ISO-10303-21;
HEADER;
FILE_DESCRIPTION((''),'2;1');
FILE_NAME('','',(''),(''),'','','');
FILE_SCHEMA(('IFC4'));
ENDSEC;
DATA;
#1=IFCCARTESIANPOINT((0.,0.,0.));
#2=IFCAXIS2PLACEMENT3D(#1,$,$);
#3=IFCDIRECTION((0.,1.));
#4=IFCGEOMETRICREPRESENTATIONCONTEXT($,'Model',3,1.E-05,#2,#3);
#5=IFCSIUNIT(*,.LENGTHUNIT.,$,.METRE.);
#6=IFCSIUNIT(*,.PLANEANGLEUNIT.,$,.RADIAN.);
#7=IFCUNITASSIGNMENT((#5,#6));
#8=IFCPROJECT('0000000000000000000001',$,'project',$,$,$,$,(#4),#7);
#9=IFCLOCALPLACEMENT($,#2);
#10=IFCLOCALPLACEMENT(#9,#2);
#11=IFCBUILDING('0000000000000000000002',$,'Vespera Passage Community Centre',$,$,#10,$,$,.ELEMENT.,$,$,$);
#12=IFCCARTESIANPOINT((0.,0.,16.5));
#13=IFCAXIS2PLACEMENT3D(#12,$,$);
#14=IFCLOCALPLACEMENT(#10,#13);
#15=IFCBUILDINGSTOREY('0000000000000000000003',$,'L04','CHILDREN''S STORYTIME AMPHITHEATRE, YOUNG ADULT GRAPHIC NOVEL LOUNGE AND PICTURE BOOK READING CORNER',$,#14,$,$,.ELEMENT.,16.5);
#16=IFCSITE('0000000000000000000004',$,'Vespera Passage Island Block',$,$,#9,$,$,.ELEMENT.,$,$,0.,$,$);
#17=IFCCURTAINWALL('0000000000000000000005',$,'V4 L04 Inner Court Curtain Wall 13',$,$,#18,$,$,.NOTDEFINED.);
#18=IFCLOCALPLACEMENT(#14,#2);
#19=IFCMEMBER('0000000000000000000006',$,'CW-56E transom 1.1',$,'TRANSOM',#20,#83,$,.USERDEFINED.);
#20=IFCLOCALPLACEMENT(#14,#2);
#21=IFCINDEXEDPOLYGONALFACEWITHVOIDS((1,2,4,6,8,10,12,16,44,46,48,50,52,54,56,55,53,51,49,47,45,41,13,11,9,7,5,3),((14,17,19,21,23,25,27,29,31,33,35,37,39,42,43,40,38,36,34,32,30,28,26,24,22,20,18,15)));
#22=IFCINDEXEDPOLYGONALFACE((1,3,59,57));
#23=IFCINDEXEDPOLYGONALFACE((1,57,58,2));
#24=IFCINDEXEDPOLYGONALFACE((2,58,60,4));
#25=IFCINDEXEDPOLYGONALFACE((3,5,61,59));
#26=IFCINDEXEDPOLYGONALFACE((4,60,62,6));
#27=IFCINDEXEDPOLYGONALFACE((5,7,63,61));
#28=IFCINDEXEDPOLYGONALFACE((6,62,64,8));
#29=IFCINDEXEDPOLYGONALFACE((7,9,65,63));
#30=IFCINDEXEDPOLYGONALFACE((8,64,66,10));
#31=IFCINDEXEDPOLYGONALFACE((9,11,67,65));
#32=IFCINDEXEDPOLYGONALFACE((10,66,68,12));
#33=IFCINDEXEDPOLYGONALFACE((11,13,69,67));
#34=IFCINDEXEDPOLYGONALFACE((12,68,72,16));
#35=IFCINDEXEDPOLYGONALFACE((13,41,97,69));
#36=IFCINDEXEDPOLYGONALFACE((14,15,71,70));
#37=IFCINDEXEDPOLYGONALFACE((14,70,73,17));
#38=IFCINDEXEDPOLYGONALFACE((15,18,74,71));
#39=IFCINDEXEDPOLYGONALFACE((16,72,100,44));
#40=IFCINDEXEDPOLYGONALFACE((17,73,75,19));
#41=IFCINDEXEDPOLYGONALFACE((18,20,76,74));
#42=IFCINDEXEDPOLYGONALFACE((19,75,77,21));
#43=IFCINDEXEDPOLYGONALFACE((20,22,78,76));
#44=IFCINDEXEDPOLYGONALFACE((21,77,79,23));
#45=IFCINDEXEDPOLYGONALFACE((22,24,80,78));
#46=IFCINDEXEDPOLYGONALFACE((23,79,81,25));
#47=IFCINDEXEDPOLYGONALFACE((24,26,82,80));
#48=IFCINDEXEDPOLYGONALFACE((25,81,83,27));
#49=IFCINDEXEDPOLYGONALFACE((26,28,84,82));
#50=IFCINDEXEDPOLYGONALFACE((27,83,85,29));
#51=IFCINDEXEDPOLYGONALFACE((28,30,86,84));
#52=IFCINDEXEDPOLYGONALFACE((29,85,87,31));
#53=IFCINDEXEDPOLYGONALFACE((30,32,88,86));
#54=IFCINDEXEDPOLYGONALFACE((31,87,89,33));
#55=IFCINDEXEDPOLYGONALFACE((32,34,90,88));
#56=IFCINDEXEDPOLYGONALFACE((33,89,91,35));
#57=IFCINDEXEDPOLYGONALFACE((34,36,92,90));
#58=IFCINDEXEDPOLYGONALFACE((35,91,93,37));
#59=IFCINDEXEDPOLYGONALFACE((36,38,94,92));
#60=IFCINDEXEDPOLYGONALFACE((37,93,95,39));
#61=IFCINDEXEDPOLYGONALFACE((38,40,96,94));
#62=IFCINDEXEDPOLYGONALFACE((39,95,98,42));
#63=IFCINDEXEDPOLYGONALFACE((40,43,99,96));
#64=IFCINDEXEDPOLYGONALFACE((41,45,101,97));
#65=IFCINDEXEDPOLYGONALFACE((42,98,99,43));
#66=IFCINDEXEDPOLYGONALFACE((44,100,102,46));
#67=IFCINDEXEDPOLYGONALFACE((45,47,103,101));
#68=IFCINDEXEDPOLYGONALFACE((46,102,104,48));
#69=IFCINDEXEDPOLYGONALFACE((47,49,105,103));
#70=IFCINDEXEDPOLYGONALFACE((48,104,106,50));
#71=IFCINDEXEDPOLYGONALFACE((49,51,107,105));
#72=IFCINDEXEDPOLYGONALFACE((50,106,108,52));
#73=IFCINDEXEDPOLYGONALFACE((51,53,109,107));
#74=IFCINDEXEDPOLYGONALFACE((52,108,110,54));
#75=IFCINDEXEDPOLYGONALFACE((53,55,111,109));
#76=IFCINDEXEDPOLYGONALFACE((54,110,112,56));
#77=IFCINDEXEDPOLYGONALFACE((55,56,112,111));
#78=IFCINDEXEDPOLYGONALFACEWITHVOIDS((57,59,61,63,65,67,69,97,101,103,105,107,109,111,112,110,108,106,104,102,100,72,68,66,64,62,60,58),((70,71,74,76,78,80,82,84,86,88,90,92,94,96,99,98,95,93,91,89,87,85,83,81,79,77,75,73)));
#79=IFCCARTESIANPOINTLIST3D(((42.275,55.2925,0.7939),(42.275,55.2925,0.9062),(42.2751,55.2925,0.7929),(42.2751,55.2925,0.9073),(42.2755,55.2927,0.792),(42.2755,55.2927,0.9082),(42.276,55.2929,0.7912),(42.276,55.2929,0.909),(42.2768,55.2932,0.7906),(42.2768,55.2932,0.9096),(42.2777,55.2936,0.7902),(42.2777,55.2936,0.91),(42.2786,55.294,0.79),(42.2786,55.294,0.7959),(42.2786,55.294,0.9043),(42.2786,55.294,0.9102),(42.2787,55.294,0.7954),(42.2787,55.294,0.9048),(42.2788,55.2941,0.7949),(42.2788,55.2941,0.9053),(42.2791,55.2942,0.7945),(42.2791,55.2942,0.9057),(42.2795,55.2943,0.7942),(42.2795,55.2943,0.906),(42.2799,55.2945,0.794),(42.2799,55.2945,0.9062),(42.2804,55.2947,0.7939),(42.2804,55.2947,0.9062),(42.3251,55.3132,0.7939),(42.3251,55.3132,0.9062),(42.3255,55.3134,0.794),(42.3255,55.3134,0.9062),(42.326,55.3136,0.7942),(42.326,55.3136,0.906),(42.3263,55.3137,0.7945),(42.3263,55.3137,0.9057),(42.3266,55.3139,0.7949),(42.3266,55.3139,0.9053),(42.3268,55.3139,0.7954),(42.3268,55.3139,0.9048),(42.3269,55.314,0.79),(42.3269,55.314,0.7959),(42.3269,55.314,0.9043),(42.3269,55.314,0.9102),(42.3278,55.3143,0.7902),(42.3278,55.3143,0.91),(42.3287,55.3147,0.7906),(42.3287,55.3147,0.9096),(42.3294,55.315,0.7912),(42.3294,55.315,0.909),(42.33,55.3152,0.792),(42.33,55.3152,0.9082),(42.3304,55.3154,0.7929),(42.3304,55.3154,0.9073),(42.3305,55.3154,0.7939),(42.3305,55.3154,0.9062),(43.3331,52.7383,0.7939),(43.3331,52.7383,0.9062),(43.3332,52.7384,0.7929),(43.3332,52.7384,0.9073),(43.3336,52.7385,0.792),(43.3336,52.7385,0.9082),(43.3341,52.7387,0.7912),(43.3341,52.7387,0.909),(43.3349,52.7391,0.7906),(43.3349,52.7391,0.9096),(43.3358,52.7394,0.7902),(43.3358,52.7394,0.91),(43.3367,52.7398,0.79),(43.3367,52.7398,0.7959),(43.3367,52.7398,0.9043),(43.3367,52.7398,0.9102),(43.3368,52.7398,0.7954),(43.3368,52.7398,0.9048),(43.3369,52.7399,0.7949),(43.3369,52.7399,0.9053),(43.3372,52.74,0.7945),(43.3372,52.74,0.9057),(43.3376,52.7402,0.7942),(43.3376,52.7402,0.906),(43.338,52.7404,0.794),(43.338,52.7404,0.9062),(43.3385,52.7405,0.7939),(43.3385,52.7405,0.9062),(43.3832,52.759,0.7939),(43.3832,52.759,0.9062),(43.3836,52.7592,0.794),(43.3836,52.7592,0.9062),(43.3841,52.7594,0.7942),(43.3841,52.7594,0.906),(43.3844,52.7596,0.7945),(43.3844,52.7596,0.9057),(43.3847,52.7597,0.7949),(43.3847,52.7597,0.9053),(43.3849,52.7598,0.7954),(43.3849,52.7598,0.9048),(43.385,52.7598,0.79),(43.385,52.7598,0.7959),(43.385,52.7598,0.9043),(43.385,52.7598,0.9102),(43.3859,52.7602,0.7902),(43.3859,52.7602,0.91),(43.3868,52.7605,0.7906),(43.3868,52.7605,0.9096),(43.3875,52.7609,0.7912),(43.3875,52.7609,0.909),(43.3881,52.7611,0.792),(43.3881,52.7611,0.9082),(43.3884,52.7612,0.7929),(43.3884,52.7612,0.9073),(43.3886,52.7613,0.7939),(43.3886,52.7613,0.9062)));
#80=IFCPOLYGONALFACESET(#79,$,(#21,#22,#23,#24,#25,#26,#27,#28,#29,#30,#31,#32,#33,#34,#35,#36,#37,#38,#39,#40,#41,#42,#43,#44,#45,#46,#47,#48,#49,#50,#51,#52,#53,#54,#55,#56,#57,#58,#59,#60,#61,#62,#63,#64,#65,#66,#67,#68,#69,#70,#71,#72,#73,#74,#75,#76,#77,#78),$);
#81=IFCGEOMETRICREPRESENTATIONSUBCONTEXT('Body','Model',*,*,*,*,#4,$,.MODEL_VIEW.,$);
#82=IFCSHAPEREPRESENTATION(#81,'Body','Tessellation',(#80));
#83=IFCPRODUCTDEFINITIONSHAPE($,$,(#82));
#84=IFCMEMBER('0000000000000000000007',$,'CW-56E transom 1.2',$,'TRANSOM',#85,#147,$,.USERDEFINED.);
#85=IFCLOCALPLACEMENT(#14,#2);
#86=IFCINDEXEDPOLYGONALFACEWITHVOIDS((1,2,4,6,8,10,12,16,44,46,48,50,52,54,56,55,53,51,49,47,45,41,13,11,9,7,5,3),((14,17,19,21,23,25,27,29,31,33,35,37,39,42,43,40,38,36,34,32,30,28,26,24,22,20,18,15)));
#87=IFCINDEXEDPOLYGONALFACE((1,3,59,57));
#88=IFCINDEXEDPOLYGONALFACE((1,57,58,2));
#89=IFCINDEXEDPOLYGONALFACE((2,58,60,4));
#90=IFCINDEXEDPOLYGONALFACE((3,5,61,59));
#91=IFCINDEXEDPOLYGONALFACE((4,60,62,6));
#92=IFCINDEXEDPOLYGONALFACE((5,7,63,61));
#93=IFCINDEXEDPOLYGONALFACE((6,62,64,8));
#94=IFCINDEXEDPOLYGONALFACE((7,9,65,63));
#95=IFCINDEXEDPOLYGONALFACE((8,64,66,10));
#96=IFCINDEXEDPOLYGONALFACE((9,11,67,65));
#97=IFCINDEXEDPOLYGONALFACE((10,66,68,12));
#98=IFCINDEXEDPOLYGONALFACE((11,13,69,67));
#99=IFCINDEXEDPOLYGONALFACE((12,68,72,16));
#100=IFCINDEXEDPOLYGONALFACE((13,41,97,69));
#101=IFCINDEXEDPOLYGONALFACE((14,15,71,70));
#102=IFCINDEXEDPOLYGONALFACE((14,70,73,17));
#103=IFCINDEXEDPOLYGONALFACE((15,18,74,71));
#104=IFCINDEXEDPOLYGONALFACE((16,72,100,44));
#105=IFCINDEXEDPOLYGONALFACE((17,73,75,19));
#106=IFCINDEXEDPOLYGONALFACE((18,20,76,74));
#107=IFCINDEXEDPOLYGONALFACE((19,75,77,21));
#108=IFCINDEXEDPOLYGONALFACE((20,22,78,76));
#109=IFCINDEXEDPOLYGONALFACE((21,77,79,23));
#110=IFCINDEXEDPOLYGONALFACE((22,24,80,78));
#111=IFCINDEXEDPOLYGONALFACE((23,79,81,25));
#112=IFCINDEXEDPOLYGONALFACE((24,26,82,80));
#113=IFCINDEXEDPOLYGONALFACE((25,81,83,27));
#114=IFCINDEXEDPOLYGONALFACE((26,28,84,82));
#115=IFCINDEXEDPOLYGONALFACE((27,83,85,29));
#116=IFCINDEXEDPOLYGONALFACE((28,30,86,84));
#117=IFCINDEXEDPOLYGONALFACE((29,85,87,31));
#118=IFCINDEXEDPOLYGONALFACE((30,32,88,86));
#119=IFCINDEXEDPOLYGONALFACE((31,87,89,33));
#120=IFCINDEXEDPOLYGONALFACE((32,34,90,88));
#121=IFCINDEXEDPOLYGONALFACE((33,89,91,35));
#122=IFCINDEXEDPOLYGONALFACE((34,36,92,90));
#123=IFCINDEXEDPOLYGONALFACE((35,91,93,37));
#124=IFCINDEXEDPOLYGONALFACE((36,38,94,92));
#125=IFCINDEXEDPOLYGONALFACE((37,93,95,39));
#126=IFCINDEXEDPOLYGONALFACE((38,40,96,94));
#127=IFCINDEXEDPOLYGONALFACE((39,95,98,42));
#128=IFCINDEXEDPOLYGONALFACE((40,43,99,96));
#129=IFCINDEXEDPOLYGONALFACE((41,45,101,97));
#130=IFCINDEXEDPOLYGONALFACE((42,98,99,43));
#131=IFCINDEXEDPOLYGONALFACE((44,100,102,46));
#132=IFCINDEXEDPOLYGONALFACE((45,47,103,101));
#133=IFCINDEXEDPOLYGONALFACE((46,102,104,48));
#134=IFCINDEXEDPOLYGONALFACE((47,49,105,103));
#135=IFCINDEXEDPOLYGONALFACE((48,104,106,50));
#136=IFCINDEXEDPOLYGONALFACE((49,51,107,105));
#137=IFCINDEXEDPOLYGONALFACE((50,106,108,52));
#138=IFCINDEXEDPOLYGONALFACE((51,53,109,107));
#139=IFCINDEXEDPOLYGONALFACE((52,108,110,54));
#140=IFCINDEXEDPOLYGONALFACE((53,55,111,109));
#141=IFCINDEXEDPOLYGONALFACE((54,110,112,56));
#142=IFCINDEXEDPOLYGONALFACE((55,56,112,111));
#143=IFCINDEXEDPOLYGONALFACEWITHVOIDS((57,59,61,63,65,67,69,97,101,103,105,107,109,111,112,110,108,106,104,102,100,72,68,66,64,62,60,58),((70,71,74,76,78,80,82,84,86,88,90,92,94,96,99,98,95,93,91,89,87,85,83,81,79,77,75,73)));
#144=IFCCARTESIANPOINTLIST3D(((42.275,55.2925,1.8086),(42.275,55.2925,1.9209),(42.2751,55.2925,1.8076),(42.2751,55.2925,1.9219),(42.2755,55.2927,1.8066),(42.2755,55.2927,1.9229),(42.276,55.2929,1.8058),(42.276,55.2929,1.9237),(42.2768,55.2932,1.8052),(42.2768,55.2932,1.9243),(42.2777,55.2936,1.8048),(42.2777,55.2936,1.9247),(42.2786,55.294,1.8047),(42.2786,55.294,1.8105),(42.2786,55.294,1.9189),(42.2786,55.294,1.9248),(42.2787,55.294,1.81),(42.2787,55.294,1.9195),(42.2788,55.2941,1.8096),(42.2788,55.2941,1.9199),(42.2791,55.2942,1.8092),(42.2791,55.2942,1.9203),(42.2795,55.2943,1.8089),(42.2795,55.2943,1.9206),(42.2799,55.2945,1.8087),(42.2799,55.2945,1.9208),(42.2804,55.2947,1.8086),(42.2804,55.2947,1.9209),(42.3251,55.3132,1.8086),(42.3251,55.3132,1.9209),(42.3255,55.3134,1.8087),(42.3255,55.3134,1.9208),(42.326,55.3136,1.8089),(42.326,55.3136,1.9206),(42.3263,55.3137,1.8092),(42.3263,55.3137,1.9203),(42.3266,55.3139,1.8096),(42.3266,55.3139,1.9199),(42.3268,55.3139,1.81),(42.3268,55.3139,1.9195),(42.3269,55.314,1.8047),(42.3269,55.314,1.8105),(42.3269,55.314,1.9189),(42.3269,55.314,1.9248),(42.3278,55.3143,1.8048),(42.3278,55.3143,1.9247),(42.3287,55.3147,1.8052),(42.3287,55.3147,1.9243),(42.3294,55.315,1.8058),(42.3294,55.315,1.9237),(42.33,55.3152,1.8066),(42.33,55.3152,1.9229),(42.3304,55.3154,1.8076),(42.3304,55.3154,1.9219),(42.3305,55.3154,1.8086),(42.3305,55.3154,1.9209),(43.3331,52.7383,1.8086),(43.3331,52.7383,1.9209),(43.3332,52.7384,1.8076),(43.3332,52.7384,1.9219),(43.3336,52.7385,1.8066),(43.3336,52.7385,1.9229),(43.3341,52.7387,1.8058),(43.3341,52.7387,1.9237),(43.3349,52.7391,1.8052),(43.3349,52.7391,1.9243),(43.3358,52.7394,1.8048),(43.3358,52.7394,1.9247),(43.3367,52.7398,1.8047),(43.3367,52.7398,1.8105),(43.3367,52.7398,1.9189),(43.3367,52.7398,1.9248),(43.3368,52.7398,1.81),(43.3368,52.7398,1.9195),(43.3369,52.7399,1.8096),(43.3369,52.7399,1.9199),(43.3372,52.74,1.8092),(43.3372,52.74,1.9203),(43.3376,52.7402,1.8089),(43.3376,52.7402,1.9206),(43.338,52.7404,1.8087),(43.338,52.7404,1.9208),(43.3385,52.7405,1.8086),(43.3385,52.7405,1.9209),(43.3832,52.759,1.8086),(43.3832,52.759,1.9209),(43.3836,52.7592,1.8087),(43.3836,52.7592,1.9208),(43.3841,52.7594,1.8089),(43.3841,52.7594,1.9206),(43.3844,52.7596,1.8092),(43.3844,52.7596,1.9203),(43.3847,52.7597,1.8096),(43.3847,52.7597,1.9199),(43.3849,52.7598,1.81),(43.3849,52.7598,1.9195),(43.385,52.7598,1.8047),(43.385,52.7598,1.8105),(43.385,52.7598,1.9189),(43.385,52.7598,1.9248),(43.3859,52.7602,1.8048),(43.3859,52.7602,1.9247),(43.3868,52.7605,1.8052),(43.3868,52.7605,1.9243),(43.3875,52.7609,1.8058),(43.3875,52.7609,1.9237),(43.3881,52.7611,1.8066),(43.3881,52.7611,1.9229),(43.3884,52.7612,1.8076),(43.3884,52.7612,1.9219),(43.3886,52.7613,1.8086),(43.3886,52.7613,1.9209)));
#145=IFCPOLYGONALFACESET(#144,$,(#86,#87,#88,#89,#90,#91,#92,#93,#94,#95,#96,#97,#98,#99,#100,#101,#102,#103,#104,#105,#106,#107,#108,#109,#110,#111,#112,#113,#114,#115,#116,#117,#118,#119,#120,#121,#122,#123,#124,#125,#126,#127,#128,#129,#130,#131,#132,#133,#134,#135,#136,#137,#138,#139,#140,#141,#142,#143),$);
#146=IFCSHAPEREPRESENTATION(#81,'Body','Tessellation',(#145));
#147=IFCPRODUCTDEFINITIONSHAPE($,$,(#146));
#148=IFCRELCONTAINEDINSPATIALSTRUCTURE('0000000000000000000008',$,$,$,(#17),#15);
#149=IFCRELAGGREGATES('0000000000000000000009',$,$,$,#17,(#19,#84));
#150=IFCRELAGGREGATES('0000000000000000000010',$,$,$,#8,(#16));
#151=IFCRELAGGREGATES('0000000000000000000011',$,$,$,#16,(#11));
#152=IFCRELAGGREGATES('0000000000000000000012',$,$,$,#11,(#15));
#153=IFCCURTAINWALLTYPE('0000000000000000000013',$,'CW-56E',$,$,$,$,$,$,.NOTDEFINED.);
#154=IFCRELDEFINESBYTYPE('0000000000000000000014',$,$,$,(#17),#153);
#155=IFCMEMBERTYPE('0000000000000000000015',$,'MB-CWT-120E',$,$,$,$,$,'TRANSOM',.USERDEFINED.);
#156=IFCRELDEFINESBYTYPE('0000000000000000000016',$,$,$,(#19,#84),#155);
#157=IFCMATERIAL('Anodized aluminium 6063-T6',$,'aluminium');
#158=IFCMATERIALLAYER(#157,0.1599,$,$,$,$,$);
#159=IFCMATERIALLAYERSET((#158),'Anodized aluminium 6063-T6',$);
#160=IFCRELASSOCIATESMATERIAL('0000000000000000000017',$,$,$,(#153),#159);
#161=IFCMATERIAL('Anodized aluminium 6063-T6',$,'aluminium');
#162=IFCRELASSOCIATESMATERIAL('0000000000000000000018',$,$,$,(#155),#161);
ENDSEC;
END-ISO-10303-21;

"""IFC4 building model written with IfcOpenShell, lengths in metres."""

from ifc_helpers import new_model, si_unit, direction, frame, origin, origin_2d, place, context, subcontext, project, spatial, hollow_rectangle, extrude, material, layer, layer_set, material_profile, profile_set, type_object, element, aggregate, save


model = new_model("IFC4")

# Units and contexts
model_context = context("Model", 3, precision=1e-05, world=origin(), true_north=direction((0.0, 1.0)))
body_context = subcontext(model_context, "Body", "Model", "MODEL_VIEW")
ifc_project = project(units=[si_unit("LENGTHUNIT", "METRE"), si_unit("PLANEANGLEUNIT", "RADIAN")], contexts=[model_context])

# Site, building, storey
site_placement = place(None, origin())
site = spatial("IfcSite", under=ifc_project, at=site_placement, Name="Vespera Passage Island Block", CompositionType="ELEMENT", RefElevation=0.0)
building_placement = place(site_placement, origin())
building = spatial("IfcBuilding", under=site, at=building_placement, Name="Vespera Passage Community Centre", CompositionType="ELEMENT")
storey_placement = place(building_placement, frame((0.0, 0.0, 16.5)))
storey = spatial("IfcBuildingStorey", under=building, at=storey_placement, Name="L04", Description="CHILDREN'S STORYTIME AMPHITHEATRE, YOUNG ADULT GRAPHIC NOVEL LOUNGE AND PICTURE BOOK READING CORNER", CompositionType="ELEMENT", Elevation=16.5)

# Curtain wall, members
ifc_material_1 = material(Name="Anodized aluminium 6063-T6", Category="aluminium")
ifc_layer_1 = layer(ifc_material_1, 0.1599)
ifc_layer_set_1 = layer_set([ifc_layer_1], Name="Anodized aluminium 6063-T6")
curtain_wall_type_1 = type_object("IfcCurtainWallType", Name="CW-56E", PredefinedType="NOTDEFINED", material=ifc_layer_set_1)
curtain_wall_1_placement = place(storey_placement, origin())
curtain_wall_1 = element("IfcCurtainWall", 1, at=curtain_wall_1_placement, inside=storey, type_object=curtain_wall_type_1, Name="V4 L04 Inner Court Curtain Wall 13", PredefinedType="NOTDEFINED")
ifc_material_2 = material(Name="Anodized aluminium 6063-T6", Category="aluminium")
ifc_material_profile_1 = material_profile(ifc_material_2, hollow_rectangle(XDim=0.0601, YDim=0.1201, WallThickness=0.0039, InnerFilletRadius=0.002, OuterFilletRadius=0.0039, at=origin_2d()), Name="ALU120X60X4")
ifc_profile_set_1 = profile_set([ifc_material_profile_1], Name="Anodized aluminium 6063-T6")
member_type_1 = type_object("IfcMemberType", Name="MB-CWT-120E", ElementType="TRANSOM", PredefinedType="USERDEFINED", material=ifc_profile_set_1)
member_1_placement = place(storey_placement, frame((42.3027, 55.304, 0.8501), z_axis=(0.382721, -0.923864, 0.0), x_axis=(0.923864, 0.382721, 0.0)))
member_1 = element("IfcMember", 2, at=member_1_placement, type_object=member_type_1, Name="CW-56E transom 1.1", ObjectType="TRANSOM", PredefinedType="USERDEFINED", context=body_context, shape_type="SweptSolid", body=[
    extrude(hollow_rectangle(XDim=0.0601, YDim=0.1201, WallThickness=0.0039, InnerFilletRadius=0.002, OuterFilletRadius=0.0039, at=origin_2d()), origin(), (0.0, 0.0, 1.0), 2.7646),
])
member_2_placement = place(storey_placement, frame((42.3027, 55.304, 1.8647), z_axis=(0.382721, -0.923864, 0.0), x_axis=(0.923864, 0.382721, 0.0)))
member_2 = element("IfcMember", 3, at=member_2_placement, type_object=member_type_1, Name="CW-56E transom 1.2", ObjectType="TRANSOM", PredefinedType="USERDEFINED", context=body_context, shape_type="SweptSolid", body=[
    extrude(hollow_rectangle(XDim=0.0601, YDim=0.1201, WallThickness=0.0039, InnerFilletRadius=0.002, OuterFilletRadius=0.0039, at=origin_2d()), origin(), (0.0, 0.0, 1.0), 2.7646),
])

aggregate(curtain_wall_1, [member_1, member_2])

save(model, "model.ifc")
